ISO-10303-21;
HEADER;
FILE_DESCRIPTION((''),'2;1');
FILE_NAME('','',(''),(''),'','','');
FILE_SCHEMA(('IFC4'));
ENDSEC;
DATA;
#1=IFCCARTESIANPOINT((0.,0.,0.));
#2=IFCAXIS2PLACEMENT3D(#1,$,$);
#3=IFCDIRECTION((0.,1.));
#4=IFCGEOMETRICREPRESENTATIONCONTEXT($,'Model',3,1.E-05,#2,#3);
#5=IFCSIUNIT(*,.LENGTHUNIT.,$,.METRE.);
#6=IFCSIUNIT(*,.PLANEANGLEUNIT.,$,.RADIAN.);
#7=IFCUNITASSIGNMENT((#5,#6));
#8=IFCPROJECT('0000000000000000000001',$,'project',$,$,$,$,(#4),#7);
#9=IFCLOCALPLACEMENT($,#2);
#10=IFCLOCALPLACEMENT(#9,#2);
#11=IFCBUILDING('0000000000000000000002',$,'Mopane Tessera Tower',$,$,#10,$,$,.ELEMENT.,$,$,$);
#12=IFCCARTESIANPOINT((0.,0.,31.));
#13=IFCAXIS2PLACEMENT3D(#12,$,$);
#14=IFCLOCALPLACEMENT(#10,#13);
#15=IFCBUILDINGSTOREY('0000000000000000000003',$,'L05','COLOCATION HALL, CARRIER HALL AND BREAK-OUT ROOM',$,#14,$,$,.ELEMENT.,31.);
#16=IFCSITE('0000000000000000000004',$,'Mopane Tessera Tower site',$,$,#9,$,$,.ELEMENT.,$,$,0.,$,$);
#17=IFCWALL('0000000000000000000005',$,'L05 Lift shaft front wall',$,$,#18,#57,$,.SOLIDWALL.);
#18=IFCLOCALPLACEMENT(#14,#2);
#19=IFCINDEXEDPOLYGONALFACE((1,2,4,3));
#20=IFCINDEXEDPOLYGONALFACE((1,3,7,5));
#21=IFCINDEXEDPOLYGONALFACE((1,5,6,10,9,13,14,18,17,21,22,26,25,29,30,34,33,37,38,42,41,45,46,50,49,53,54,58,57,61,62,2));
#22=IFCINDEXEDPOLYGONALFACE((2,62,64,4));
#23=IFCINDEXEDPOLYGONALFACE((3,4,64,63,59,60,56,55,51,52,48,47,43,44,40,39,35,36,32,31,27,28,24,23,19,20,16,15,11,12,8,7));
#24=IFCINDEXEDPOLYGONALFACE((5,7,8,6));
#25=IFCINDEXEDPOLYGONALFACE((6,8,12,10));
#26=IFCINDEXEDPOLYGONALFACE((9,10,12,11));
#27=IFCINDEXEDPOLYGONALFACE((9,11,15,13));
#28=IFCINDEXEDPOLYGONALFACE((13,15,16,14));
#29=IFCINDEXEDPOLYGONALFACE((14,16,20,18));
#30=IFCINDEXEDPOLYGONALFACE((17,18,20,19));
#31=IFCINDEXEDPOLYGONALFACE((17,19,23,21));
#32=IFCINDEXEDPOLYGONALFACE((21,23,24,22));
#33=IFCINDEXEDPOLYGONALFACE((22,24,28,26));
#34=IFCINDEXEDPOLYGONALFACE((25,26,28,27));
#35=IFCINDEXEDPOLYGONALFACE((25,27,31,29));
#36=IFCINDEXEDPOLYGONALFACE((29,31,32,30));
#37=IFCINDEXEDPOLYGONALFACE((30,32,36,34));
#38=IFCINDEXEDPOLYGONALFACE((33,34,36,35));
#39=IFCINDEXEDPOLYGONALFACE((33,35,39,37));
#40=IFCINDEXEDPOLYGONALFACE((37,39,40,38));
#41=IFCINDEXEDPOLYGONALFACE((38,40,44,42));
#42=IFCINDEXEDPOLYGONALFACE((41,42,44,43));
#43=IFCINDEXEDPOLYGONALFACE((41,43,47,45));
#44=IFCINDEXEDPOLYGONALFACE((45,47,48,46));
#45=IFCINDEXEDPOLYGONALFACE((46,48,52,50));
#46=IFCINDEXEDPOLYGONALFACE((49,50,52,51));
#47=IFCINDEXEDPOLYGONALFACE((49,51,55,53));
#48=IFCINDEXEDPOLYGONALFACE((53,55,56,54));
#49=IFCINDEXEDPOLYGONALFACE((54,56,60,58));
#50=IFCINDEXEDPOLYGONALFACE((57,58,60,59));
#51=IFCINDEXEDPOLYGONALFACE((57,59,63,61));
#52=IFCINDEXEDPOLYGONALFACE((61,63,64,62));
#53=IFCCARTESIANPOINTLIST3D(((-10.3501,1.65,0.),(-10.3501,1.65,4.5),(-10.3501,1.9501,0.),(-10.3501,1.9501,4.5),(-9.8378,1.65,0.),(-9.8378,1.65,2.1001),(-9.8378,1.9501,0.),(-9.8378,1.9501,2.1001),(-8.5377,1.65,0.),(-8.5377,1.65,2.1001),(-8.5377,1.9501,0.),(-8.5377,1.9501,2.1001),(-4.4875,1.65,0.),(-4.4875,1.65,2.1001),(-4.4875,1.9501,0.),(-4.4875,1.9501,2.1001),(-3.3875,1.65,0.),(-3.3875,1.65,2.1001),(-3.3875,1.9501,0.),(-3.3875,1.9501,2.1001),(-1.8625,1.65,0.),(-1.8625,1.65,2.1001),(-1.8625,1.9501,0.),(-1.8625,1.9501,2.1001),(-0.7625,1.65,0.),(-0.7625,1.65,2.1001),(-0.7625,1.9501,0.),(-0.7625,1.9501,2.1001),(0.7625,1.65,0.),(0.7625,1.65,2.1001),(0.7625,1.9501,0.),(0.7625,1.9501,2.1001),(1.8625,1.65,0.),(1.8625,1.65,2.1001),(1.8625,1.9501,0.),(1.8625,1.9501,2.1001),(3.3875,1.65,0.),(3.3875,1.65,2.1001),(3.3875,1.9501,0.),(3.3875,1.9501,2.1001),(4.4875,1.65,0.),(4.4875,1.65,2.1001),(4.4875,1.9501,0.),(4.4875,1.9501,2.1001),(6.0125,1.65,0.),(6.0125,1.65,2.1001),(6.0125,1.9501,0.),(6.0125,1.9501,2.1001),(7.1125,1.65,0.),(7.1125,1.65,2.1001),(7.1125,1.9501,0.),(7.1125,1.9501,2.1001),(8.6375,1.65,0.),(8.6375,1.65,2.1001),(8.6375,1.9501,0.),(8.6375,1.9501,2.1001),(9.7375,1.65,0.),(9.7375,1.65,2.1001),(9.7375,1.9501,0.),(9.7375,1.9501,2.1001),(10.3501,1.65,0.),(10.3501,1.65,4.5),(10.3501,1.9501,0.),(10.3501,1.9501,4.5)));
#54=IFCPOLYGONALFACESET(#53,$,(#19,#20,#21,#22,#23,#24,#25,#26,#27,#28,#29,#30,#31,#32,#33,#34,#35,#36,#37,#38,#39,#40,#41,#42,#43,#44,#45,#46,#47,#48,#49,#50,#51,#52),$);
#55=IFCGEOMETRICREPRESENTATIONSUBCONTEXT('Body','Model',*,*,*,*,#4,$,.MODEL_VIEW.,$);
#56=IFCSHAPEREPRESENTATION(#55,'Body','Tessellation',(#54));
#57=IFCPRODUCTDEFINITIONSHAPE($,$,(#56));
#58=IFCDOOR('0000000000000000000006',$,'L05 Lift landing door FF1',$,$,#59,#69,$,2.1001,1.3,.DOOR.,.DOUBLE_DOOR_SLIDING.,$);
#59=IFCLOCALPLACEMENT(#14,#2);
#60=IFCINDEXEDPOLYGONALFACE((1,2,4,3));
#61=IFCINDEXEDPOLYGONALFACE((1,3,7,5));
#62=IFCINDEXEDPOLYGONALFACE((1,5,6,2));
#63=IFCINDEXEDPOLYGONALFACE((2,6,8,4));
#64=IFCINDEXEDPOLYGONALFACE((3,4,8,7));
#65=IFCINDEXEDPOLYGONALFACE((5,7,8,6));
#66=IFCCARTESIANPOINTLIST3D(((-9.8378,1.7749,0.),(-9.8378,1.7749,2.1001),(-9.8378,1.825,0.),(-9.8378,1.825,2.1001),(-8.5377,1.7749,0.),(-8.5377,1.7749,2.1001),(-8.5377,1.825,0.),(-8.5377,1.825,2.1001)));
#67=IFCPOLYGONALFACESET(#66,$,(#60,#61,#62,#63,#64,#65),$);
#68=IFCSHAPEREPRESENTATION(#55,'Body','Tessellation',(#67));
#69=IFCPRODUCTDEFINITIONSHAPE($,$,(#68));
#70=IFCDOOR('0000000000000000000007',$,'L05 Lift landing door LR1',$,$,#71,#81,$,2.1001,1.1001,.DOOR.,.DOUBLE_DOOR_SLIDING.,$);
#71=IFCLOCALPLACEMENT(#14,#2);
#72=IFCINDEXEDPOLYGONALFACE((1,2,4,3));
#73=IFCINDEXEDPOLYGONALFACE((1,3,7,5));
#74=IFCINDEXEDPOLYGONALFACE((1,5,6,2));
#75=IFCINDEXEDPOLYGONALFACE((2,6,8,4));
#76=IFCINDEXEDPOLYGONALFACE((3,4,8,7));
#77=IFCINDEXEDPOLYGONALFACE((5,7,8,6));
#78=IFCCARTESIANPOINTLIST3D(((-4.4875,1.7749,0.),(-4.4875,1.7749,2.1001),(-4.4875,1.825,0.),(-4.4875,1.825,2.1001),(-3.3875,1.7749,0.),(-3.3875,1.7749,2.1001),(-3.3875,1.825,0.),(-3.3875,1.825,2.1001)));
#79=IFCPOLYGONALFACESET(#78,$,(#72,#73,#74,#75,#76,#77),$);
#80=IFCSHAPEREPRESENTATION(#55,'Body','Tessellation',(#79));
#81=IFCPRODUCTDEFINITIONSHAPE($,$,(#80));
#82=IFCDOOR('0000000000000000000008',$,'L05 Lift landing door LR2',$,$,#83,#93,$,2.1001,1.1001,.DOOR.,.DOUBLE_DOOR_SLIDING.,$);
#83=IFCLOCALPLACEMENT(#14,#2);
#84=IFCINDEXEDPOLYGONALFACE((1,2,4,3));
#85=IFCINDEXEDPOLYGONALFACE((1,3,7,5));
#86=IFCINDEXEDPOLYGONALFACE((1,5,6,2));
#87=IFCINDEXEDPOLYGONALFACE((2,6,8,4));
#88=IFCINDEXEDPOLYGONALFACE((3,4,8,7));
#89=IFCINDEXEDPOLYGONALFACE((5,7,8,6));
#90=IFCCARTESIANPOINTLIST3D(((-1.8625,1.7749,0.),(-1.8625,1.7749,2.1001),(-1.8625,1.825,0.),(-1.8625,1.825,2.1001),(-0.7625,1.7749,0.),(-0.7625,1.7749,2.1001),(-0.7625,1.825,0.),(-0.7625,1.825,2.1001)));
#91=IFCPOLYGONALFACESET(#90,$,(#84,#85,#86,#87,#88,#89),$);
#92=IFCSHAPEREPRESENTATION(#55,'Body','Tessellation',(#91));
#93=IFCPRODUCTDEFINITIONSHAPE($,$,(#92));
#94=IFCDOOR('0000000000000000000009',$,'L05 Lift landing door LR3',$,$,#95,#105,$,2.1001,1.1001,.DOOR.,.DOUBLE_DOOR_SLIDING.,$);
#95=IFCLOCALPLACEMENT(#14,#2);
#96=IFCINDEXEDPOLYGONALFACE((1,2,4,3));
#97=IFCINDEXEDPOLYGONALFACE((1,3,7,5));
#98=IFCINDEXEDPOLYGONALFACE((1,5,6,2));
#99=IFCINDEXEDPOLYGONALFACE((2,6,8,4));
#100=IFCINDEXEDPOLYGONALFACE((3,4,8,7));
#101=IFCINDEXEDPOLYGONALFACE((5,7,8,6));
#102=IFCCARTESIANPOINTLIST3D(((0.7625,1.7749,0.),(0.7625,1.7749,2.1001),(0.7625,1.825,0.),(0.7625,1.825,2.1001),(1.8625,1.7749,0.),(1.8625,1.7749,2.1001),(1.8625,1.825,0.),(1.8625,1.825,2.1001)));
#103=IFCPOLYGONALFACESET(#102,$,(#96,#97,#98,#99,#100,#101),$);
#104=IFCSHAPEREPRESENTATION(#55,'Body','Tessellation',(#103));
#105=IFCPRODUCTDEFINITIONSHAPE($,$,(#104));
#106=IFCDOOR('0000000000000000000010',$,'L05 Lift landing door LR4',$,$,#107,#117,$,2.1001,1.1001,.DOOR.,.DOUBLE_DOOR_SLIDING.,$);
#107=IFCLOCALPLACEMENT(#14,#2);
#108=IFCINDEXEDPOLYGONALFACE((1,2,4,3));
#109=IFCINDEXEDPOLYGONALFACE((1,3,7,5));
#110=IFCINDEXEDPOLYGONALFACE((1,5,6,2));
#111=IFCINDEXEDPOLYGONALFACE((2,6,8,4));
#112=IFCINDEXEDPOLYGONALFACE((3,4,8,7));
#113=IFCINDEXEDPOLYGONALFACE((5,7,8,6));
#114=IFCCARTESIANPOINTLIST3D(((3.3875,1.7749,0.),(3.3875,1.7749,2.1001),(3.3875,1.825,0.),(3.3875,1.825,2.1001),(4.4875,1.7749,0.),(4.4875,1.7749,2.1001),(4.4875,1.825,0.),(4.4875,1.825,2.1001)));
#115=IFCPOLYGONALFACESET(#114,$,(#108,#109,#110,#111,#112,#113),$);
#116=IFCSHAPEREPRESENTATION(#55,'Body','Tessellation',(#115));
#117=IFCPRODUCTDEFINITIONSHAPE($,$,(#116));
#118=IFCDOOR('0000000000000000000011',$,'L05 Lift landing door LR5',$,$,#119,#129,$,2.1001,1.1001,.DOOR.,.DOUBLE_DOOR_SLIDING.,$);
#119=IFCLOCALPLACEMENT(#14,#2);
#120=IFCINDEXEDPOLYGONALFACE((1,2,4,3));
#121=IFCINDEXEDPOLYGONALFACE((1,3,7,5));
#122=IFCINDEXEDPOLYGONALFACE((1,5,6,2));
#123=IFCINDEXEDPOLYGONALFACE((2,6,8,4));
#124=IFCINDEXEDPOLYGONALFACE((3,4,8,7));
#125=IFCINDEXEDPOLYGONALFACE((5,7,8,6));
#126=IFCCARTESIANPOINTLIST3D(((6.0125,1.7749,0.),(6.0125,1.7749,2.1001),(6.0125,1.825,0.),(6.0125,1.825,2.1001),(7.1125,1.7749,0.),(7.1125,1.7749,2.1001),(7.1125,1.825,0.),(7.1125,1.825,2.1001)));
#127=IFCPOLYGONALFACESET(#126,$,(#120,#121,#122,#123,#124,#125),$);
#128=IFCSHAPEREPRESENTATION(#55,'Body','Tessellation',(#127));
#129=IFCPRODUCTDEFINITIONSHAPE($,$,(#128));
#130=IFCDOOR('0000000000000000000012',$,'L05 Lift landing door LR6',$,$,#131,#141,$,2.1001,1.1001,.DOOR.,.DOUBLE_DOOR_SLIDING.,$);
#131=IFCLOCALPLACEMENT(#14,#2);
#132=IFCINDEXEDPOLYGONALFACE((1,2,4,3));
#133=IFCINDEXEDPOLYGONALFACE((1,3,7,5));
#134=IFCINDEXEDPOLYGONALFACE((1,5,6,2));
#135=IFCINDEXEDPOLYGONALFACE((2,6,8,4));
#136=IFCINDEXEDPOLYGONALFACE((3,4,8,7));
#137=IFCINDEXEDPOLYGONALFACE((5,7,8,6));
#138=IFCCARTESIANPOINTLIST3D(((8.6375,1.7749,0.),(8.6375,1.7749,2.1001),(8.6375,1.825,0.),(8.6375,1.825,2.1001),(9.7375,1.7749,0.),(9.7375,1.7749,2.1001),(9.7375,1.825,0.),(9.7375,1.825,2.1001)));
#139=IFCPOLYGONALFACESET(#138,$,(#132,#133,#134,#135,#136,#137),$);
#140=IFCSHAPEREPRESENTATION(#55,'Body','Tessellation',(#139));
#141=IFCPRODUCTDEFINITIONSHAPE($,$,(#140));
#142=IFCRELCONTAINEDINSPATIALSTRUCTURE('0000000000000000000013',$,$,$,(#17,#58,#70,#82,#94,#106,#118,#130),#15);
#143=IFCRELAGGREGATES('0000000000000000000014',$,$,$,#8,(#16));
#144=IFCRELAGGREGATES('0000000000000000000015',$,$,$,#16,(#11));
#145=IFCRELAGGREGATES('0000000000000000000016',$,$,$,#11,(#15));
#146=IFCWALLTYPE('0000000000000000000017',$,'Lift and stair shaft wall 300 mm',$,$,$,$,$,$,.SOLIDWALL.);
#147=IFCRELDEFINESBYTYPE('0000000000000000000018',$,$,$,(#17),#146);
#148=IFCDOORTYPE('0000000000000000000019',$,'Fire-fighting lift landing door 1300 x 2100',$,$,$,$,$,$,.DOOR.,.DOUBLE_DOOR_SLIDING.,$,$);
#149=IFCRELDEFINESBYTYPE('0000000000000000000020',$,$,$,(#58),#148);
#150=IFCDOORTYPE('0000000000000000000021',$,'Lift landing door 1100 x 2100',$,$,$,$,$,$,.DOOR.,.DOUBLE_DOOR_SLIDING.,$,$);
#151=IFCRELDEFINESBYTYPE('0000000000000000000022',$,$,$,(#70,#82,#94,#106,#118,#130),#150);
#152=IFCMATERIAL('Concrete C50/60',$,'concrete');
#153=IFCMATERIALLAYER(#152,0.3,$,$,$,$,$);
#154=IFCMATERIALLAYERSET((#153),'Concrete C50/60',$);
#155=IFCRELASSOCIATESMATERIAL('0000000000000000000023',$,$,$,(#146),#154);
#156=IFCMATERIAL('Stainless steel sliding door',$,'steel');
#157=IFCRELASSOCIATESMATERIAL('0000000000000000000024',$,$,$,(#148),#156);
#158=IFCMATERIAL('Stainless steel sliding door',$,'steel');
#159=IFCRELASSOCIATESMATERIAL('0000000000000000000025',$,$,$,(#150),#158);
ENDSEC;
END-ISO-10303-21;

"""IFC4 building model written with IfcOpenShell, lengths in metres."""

from ifc_helpers import new_model, si_unit, direction, frame, frame_2d, origin, place, context, subcontext, project, spatial, rectangle, extrude, material, layer, layer_set, type_object, element, fill, save


model = new_model("IFC4")

# Units and contexts
model_context = context("Model", 3, precision=1e-05, world=origin(), true_north=direction((0.0, 1.0)))
body_context = subcontext(model_context, "Body", "Model", "MODEL_VIEW")
ifc_project = project(units=[si_unit("LENGTHUNIT", "METRE"), si_unit("PLANEANGLEUNIT", "RADIAN")], contexts=[model_context])

# Site, building, storey
site_placement = place(None, origin())
site = spatial("IfcSite", under=ifc_project, at=site_placement, Name="Mopane Tessera Tower site", CompositionType="ELEMENT", RefElevation=0.0)
building_placement = place(site_placement, origin())
building = spatial("IfcBuilding", under=site, at=building_placement, Name="Mopane Tessera Tower", CompositionType="ELEMENT")
storey_placement = place(building_placement, frame((0.0, 0.0, 31.0)))
storey = spatial("IfcBuildingStorey", under=building, at=storey_placement, Name="L05", Description="COLOCATION HALL, CARRIER HALL AND BREAK-OUT ROOM", CompositionType="ELEMENT", Elevation=31.0)

# Shared definitions
ifc_material_1 = material(Name="Concrete C50/60", Category="concrete")
ifc_layer_1 = layer(ifc_material_1, 0.3)
ifc_layer_set_1 = layer_set([ifc_layer_1], Name="Concrete C50/60")
wall_type_1 = type_object("IfcWallType", Name="Lift and stair shaft wall 300 mm", PredefinedType="SOLIDWALL", material=ifc_layer_set_1)

# Wall, openings, doors
wall_1_placement = place(storey_placement, frame((-10.3501, 1.8, 0.0), z_axis=(0.0, 0.0, 1.0), x_axis=(1.0, 0.0, 0.0)))
wall_1 = element("IfcWall", 1, at=wall_1_placement, inside=storey, type_object=wall_type_1, Name="L05 Lift shaft front wall", PredefinedType="SOLIDWALL", context=body_context, shape_type="SweptSolid", body=[
    extrude(rectangle(XDim=20.7002, YDim=0.3, at=frame_2d((10.3501, 0.0))), origin(), (0.0, 0.0, 1.0), 4.5),
])
opening_1_placement = place(wall_1_placement, frame((0.5125, 0.0, 0.0)))
opening_1 = element("IfcOpeningElement", 2, at=opening_1_placement, cuts=wall_1, PredefinedType="OPENING", context=body_context, shape_type="SweptSolid", body=[
    extrude(rectangle(XDim=1.3, YDim=2.1001, at=frame_2d((0.6499, 1.05))), frame((0.0, 0.1621, 0.0), z_axis=(0.0, -1.0, 0.0), x_axis=(1.0, 0.0, 0.0)), (0.0, 0.0, 1.0), 0.324),
])
opening_2_placement = place(wall_1_placement, frame((5.8625, 0.0, 0.0)))
opening_2 = element("IfcOpeningElement", 3, at=opening_2_placement, cuts=wall_1, PredefinedType="OPENING", context=body_context, shape_type="SweptSolid", body=[
    extrude(rectangle(XDim=1.1001, YDim=2.1001, at=frame_2d((0.55, 1.05))), frame((0.0, 0.1621, 0.0), z_axis=(0.0, -1.0, 0.0), x_axis=(1.0, 0.0, 0.0)), (0.0, 0.0, 1.0), 0.324),
])
opening_3_placement = place(wall_1_placement, frame((8.4875, 0.0, 0.0)))
opening_3 = element("IfcOpeningElement", 4, at=opening_3_placement, cuts=wall_1, PredefinedType="OPENING", context=body_context, shape_type="SweptSolid", body=[
    extrude(rectangle(XDim=1.1001, YDim=2.1001, at=frame_2d((0.55, 1.05))), frame((0.0, 0.1621, 0.0), z_axis=(0.0, -1.0, 0.0), x_axis=(1.0, 0.0, 0.0)), (0.0, 0.0, 1.0), 0.324),
])
opening_4_placement = place(wall_1_placement, frame((11.1125, 0.0, 0.0)))
opening_4 = element("IfcOpeningElement", 5, at=opening_4_placement, cuts=wall_1, PredefinedType="OPENING", context=body_context, shape_type="SweptSolid", body=[
    extrude(rectangle(XDim=1.1001, YDim=2.1001, at=frame_2d((0.55, 1.05))), frame((0.0, 0.1621, 0.0), z_axis=(0.0, -1.0, 0.0), x_axis=(1.0, 0.0, 0.0)), (0.0, 0.0, 1.0), 0.324),
])
opening_5_placement = place(wall_1_placement, frame((13.7375, 0.0, 0.0)))
opening_5 = element("IfcOpeningElement", 6, at=opening_5_placement, cuts=wall_1, PredefinedType="OPENING", context=body_context, shape_type="SweptSolid", body=[
    extrude(rectangle(XDim=1.1001, YDim=2.1001, at=frame_2d((0.55, 1.05))), frame((0.0, 0.1621, 0.0), z_axis=(0.0, -1.0, 0.0), x_axis=(1.0, 0.0, 0.0)), (0.0, 0.0, 1.0), 0.324),
])
opening_6_placement = place(wall_1_placement, frame((16.3625, 0.0, 0.0)))
opening_6 = element("IfcOpeningElement", 7, at=opening_6_placement, cuts=wall_1, PredefinedType="OPENING", context=body_context, shape_type="SweptSolid", body=[
    extrude(rectangle(XDim=1.1001, YDim=2.1001, at=frame_2d((0.55, 1.05))), frame((0.0, 0.1621, 0.0), z_axis=(0.0, -1.0, 0.0), x_axis=(1.0, 0.0, 0.0)), (0.0, 0.0, 1.0), 0.324),
])
opening_7_placement = place(wall_1_placement, frame((18.9875, 0.0, 0.0)))
opening_7 = element("IfcOpeningElement", 8, at=opening_7_placement, cuts=wall_1, PredefinedType="OPENING", context=body_context, shape_type="SweptSolid", body=[
    extrude(rectangle(XDim=1.1001, YDim=2.1001, at=frame_2d((0.55, 1.05))), frame((0.0, 0.1621, 0.0), z_axis=(0.0, -1.0, 0.0), x_axis=(1.0, 0.0, 0.0)), (0.0, 0.0, 1.0), 0.324),
])
ifc_material_2 = material(Name="Stainless steel sliding door", Category="steel")
door_type_1 = type_object("IfcDoorType", Name="Fire-fighting lift landing door 1300 x 2100", OperationType="DOUBLE_DOOR_SLIDING", PredefinedType="DOOR", material=ifc_material_2)
door_1_placement = place(opening_1_placement, origin())
door_1 = element("IfcDoor", 9, at=door_1_placement, inside=storey, type_object=door_type_1, Name="L05 Lift landing door FF1", OperationType="DOUBLE_DOOR_SLIDING", OverallHeight=2.1001, OverallWidth=1.3, PredefinedType="DOOR", context=body_context, shape_type="SweptSolid", body=[
    extrude(rectangle(XDim=1.3, YDim=2.1001, at=frame_2d((0.6499, 1.05))), frame((0.0, 0.0249, 0.0), z_axis=(0.0, -1.0, 0.0), x_axis=(1.0, 0.0, 0.0)), (0.0, 0.0, 1.0), 0.05),
])
fill(opening_1, door_1)
ifc_material_3 = material(Name="Stainless steel sliding door", Category="steel")
door_type_2 = type_object("IfcDoorType", Name="Lift landing door 1100 x 2100", OperationType="DOUBLE_DOOR_SLIDING", PredefinedType="DOOR", material=ifc_material_3)
door_2_placement = place(opening_2_placement, origin())
door_2 = element("IfcDoor", 10, at=door_2_placement, inside=storey, type_object=door_type_2, Name="L05 Lift landing door LR1", OperationType="DOUBLE_DOOR_SLIDING", OverallHeight=2.1001, OverallWidth=1.1001, PredefinedType="DOOR", context=body_context, shape_type="SweptSolid", body=[
    extrude(rectangle(XDim=1.1001, YDim=2.1001, at=frame_2d((0.55, 1.05))), frame((0.0, 0.0249, 0.0), z_axis=(0.0, -1.0, 0.0), x_axis=(1.0, 0.0, 0.0)), (0.0, 0.0, 1.0), 0.05),
])
fill(opening_2, door_2)
door_3_placement = place(opening_3_placement, origin())
door_3 = element("IfcDoor", 11, at=door_3_placement, inside=storey, type_object=door_type_2, Name="L05 Lift landing door LR2", OperationType="DOUBLE_DOOR_SLIDING", OverallHeight=2.1001, OverallWidth=1.1001, PredefinedType="DOOR", context=body_context, shape_type="SweptSolid", body=[
    extrude(rectangle(XDim=1.1001, YDim=2.1001, at=frame_2d((0.55, 1.05))), frame((0.0, 0.0249, 0.0), z_axis=(0.0, -1.0, 0.0), x_axis=(1.0, 0.0, 0.0)), (0.0, 0.0, 1.0), 0.05),
])
fill(opening_3, door_3)
door_4_placement = place(opening_4_placement, origin())
door_4 = element("IfcDoor", 12, at=door_4_placement, inside=storey, type_object=door_type_2, Name="L05 Lift landing door LR3", OperationType="DOUBLE_DOOR_SLIDING", OverallHeight=2.1001, OverallWidth=1.1001, PredefinedType="DOOR", context=body_context, shape_type="SweptSolid", body=[
    extrude(rectangle(XDim=1.1001, YDim=2.1001, at=frame_2d((0.55, 1.05))), frame((0.0, 0.0249, 0.0), z_axis=(0.0, -1.0, 0.0), x_axis=(1.0, 0.0, 0.0)), (0.0, 0.0, 1.0), 0.05),
])
fill(opening_4, door_4)
door_5_placement = place(opening_5_placement, origin())
door_5 = element("IfcDoor", 13, at=door_5_placement, inside=storey, type_object=door_type_2, Name="L05 Lift landing door LR4", OperationType="DOUBLE_DOOR_SLIDING", OverallHeight=2.1001, OverallWidth=1.1001, PredefinedType="DOOR", context=body_context, shape_type="SweptSolid", body=[
    extrude(rectangle(XDim=1.1001, YDim=2.1001, at=frame_2d((0.55, 1.05))), frame((0.0, 0.0249, 0.0), z_axis=(0.0, -1.0, 0.0), x_axis=(1.0, 0.0, 0.0)), (0.0, 0.0, 1.0), 0.05),
])
fill(opening_5, door_5)
door_6_placement = place(opening_6_placement, origin())
door_6 = element("IfcDoor", 14, at=door_6_placement, inside=storey, type_object=door_type_2, Name="L05 Lift landing door LR5", OperationType="DOUBLE_DOOR_SLIDING", OverallHeight=2.1001, OverallWidth=1.1001, PredefinedType="DOOR", context=body_context, shape_type="SweptSolid", body=[
    extrude(rectangle(XDim=1.1001, YDim=2.1001, at=frame_2d((0.55, 1.05))), frame((0.0, 0.0249, 0.0), z_axis=(0.0, -1.0, 0.0), x_axis=(1.0, 0.0, 0.0)), (0.0, 0.0, 1.0), 0.05),
])
fill(opening_6, door_6)
door_7_placement = place(opening_7_placement, origin())
door_7 = element("IfcDoor", 15, at=door_7_placement, inside=storey, type_object=door_type_2, Name="L05 Lift landing door LR6", OperationType="DOUBLE_DOOR_SLIDING", OverallHeight=2.1001, OverallWidth=1.1001, PredefinedType="DOOR", context=body_context, shape_type="SweptSolid", body=[
    extrude(rectangle(XDim=1.1001, YDim=2.1001, at=frame_2d((0.55, 1.05))), frame((0.0, 0.0249, 0.0), z_axis=(0.0, -1.0, 0.0), x_axis=(1.0, 0.0, 0.0)), (0.0, 0.0, 1.0), 0.05),
])
fill(opening_7, door_7)

save(model, "model.ifc")
